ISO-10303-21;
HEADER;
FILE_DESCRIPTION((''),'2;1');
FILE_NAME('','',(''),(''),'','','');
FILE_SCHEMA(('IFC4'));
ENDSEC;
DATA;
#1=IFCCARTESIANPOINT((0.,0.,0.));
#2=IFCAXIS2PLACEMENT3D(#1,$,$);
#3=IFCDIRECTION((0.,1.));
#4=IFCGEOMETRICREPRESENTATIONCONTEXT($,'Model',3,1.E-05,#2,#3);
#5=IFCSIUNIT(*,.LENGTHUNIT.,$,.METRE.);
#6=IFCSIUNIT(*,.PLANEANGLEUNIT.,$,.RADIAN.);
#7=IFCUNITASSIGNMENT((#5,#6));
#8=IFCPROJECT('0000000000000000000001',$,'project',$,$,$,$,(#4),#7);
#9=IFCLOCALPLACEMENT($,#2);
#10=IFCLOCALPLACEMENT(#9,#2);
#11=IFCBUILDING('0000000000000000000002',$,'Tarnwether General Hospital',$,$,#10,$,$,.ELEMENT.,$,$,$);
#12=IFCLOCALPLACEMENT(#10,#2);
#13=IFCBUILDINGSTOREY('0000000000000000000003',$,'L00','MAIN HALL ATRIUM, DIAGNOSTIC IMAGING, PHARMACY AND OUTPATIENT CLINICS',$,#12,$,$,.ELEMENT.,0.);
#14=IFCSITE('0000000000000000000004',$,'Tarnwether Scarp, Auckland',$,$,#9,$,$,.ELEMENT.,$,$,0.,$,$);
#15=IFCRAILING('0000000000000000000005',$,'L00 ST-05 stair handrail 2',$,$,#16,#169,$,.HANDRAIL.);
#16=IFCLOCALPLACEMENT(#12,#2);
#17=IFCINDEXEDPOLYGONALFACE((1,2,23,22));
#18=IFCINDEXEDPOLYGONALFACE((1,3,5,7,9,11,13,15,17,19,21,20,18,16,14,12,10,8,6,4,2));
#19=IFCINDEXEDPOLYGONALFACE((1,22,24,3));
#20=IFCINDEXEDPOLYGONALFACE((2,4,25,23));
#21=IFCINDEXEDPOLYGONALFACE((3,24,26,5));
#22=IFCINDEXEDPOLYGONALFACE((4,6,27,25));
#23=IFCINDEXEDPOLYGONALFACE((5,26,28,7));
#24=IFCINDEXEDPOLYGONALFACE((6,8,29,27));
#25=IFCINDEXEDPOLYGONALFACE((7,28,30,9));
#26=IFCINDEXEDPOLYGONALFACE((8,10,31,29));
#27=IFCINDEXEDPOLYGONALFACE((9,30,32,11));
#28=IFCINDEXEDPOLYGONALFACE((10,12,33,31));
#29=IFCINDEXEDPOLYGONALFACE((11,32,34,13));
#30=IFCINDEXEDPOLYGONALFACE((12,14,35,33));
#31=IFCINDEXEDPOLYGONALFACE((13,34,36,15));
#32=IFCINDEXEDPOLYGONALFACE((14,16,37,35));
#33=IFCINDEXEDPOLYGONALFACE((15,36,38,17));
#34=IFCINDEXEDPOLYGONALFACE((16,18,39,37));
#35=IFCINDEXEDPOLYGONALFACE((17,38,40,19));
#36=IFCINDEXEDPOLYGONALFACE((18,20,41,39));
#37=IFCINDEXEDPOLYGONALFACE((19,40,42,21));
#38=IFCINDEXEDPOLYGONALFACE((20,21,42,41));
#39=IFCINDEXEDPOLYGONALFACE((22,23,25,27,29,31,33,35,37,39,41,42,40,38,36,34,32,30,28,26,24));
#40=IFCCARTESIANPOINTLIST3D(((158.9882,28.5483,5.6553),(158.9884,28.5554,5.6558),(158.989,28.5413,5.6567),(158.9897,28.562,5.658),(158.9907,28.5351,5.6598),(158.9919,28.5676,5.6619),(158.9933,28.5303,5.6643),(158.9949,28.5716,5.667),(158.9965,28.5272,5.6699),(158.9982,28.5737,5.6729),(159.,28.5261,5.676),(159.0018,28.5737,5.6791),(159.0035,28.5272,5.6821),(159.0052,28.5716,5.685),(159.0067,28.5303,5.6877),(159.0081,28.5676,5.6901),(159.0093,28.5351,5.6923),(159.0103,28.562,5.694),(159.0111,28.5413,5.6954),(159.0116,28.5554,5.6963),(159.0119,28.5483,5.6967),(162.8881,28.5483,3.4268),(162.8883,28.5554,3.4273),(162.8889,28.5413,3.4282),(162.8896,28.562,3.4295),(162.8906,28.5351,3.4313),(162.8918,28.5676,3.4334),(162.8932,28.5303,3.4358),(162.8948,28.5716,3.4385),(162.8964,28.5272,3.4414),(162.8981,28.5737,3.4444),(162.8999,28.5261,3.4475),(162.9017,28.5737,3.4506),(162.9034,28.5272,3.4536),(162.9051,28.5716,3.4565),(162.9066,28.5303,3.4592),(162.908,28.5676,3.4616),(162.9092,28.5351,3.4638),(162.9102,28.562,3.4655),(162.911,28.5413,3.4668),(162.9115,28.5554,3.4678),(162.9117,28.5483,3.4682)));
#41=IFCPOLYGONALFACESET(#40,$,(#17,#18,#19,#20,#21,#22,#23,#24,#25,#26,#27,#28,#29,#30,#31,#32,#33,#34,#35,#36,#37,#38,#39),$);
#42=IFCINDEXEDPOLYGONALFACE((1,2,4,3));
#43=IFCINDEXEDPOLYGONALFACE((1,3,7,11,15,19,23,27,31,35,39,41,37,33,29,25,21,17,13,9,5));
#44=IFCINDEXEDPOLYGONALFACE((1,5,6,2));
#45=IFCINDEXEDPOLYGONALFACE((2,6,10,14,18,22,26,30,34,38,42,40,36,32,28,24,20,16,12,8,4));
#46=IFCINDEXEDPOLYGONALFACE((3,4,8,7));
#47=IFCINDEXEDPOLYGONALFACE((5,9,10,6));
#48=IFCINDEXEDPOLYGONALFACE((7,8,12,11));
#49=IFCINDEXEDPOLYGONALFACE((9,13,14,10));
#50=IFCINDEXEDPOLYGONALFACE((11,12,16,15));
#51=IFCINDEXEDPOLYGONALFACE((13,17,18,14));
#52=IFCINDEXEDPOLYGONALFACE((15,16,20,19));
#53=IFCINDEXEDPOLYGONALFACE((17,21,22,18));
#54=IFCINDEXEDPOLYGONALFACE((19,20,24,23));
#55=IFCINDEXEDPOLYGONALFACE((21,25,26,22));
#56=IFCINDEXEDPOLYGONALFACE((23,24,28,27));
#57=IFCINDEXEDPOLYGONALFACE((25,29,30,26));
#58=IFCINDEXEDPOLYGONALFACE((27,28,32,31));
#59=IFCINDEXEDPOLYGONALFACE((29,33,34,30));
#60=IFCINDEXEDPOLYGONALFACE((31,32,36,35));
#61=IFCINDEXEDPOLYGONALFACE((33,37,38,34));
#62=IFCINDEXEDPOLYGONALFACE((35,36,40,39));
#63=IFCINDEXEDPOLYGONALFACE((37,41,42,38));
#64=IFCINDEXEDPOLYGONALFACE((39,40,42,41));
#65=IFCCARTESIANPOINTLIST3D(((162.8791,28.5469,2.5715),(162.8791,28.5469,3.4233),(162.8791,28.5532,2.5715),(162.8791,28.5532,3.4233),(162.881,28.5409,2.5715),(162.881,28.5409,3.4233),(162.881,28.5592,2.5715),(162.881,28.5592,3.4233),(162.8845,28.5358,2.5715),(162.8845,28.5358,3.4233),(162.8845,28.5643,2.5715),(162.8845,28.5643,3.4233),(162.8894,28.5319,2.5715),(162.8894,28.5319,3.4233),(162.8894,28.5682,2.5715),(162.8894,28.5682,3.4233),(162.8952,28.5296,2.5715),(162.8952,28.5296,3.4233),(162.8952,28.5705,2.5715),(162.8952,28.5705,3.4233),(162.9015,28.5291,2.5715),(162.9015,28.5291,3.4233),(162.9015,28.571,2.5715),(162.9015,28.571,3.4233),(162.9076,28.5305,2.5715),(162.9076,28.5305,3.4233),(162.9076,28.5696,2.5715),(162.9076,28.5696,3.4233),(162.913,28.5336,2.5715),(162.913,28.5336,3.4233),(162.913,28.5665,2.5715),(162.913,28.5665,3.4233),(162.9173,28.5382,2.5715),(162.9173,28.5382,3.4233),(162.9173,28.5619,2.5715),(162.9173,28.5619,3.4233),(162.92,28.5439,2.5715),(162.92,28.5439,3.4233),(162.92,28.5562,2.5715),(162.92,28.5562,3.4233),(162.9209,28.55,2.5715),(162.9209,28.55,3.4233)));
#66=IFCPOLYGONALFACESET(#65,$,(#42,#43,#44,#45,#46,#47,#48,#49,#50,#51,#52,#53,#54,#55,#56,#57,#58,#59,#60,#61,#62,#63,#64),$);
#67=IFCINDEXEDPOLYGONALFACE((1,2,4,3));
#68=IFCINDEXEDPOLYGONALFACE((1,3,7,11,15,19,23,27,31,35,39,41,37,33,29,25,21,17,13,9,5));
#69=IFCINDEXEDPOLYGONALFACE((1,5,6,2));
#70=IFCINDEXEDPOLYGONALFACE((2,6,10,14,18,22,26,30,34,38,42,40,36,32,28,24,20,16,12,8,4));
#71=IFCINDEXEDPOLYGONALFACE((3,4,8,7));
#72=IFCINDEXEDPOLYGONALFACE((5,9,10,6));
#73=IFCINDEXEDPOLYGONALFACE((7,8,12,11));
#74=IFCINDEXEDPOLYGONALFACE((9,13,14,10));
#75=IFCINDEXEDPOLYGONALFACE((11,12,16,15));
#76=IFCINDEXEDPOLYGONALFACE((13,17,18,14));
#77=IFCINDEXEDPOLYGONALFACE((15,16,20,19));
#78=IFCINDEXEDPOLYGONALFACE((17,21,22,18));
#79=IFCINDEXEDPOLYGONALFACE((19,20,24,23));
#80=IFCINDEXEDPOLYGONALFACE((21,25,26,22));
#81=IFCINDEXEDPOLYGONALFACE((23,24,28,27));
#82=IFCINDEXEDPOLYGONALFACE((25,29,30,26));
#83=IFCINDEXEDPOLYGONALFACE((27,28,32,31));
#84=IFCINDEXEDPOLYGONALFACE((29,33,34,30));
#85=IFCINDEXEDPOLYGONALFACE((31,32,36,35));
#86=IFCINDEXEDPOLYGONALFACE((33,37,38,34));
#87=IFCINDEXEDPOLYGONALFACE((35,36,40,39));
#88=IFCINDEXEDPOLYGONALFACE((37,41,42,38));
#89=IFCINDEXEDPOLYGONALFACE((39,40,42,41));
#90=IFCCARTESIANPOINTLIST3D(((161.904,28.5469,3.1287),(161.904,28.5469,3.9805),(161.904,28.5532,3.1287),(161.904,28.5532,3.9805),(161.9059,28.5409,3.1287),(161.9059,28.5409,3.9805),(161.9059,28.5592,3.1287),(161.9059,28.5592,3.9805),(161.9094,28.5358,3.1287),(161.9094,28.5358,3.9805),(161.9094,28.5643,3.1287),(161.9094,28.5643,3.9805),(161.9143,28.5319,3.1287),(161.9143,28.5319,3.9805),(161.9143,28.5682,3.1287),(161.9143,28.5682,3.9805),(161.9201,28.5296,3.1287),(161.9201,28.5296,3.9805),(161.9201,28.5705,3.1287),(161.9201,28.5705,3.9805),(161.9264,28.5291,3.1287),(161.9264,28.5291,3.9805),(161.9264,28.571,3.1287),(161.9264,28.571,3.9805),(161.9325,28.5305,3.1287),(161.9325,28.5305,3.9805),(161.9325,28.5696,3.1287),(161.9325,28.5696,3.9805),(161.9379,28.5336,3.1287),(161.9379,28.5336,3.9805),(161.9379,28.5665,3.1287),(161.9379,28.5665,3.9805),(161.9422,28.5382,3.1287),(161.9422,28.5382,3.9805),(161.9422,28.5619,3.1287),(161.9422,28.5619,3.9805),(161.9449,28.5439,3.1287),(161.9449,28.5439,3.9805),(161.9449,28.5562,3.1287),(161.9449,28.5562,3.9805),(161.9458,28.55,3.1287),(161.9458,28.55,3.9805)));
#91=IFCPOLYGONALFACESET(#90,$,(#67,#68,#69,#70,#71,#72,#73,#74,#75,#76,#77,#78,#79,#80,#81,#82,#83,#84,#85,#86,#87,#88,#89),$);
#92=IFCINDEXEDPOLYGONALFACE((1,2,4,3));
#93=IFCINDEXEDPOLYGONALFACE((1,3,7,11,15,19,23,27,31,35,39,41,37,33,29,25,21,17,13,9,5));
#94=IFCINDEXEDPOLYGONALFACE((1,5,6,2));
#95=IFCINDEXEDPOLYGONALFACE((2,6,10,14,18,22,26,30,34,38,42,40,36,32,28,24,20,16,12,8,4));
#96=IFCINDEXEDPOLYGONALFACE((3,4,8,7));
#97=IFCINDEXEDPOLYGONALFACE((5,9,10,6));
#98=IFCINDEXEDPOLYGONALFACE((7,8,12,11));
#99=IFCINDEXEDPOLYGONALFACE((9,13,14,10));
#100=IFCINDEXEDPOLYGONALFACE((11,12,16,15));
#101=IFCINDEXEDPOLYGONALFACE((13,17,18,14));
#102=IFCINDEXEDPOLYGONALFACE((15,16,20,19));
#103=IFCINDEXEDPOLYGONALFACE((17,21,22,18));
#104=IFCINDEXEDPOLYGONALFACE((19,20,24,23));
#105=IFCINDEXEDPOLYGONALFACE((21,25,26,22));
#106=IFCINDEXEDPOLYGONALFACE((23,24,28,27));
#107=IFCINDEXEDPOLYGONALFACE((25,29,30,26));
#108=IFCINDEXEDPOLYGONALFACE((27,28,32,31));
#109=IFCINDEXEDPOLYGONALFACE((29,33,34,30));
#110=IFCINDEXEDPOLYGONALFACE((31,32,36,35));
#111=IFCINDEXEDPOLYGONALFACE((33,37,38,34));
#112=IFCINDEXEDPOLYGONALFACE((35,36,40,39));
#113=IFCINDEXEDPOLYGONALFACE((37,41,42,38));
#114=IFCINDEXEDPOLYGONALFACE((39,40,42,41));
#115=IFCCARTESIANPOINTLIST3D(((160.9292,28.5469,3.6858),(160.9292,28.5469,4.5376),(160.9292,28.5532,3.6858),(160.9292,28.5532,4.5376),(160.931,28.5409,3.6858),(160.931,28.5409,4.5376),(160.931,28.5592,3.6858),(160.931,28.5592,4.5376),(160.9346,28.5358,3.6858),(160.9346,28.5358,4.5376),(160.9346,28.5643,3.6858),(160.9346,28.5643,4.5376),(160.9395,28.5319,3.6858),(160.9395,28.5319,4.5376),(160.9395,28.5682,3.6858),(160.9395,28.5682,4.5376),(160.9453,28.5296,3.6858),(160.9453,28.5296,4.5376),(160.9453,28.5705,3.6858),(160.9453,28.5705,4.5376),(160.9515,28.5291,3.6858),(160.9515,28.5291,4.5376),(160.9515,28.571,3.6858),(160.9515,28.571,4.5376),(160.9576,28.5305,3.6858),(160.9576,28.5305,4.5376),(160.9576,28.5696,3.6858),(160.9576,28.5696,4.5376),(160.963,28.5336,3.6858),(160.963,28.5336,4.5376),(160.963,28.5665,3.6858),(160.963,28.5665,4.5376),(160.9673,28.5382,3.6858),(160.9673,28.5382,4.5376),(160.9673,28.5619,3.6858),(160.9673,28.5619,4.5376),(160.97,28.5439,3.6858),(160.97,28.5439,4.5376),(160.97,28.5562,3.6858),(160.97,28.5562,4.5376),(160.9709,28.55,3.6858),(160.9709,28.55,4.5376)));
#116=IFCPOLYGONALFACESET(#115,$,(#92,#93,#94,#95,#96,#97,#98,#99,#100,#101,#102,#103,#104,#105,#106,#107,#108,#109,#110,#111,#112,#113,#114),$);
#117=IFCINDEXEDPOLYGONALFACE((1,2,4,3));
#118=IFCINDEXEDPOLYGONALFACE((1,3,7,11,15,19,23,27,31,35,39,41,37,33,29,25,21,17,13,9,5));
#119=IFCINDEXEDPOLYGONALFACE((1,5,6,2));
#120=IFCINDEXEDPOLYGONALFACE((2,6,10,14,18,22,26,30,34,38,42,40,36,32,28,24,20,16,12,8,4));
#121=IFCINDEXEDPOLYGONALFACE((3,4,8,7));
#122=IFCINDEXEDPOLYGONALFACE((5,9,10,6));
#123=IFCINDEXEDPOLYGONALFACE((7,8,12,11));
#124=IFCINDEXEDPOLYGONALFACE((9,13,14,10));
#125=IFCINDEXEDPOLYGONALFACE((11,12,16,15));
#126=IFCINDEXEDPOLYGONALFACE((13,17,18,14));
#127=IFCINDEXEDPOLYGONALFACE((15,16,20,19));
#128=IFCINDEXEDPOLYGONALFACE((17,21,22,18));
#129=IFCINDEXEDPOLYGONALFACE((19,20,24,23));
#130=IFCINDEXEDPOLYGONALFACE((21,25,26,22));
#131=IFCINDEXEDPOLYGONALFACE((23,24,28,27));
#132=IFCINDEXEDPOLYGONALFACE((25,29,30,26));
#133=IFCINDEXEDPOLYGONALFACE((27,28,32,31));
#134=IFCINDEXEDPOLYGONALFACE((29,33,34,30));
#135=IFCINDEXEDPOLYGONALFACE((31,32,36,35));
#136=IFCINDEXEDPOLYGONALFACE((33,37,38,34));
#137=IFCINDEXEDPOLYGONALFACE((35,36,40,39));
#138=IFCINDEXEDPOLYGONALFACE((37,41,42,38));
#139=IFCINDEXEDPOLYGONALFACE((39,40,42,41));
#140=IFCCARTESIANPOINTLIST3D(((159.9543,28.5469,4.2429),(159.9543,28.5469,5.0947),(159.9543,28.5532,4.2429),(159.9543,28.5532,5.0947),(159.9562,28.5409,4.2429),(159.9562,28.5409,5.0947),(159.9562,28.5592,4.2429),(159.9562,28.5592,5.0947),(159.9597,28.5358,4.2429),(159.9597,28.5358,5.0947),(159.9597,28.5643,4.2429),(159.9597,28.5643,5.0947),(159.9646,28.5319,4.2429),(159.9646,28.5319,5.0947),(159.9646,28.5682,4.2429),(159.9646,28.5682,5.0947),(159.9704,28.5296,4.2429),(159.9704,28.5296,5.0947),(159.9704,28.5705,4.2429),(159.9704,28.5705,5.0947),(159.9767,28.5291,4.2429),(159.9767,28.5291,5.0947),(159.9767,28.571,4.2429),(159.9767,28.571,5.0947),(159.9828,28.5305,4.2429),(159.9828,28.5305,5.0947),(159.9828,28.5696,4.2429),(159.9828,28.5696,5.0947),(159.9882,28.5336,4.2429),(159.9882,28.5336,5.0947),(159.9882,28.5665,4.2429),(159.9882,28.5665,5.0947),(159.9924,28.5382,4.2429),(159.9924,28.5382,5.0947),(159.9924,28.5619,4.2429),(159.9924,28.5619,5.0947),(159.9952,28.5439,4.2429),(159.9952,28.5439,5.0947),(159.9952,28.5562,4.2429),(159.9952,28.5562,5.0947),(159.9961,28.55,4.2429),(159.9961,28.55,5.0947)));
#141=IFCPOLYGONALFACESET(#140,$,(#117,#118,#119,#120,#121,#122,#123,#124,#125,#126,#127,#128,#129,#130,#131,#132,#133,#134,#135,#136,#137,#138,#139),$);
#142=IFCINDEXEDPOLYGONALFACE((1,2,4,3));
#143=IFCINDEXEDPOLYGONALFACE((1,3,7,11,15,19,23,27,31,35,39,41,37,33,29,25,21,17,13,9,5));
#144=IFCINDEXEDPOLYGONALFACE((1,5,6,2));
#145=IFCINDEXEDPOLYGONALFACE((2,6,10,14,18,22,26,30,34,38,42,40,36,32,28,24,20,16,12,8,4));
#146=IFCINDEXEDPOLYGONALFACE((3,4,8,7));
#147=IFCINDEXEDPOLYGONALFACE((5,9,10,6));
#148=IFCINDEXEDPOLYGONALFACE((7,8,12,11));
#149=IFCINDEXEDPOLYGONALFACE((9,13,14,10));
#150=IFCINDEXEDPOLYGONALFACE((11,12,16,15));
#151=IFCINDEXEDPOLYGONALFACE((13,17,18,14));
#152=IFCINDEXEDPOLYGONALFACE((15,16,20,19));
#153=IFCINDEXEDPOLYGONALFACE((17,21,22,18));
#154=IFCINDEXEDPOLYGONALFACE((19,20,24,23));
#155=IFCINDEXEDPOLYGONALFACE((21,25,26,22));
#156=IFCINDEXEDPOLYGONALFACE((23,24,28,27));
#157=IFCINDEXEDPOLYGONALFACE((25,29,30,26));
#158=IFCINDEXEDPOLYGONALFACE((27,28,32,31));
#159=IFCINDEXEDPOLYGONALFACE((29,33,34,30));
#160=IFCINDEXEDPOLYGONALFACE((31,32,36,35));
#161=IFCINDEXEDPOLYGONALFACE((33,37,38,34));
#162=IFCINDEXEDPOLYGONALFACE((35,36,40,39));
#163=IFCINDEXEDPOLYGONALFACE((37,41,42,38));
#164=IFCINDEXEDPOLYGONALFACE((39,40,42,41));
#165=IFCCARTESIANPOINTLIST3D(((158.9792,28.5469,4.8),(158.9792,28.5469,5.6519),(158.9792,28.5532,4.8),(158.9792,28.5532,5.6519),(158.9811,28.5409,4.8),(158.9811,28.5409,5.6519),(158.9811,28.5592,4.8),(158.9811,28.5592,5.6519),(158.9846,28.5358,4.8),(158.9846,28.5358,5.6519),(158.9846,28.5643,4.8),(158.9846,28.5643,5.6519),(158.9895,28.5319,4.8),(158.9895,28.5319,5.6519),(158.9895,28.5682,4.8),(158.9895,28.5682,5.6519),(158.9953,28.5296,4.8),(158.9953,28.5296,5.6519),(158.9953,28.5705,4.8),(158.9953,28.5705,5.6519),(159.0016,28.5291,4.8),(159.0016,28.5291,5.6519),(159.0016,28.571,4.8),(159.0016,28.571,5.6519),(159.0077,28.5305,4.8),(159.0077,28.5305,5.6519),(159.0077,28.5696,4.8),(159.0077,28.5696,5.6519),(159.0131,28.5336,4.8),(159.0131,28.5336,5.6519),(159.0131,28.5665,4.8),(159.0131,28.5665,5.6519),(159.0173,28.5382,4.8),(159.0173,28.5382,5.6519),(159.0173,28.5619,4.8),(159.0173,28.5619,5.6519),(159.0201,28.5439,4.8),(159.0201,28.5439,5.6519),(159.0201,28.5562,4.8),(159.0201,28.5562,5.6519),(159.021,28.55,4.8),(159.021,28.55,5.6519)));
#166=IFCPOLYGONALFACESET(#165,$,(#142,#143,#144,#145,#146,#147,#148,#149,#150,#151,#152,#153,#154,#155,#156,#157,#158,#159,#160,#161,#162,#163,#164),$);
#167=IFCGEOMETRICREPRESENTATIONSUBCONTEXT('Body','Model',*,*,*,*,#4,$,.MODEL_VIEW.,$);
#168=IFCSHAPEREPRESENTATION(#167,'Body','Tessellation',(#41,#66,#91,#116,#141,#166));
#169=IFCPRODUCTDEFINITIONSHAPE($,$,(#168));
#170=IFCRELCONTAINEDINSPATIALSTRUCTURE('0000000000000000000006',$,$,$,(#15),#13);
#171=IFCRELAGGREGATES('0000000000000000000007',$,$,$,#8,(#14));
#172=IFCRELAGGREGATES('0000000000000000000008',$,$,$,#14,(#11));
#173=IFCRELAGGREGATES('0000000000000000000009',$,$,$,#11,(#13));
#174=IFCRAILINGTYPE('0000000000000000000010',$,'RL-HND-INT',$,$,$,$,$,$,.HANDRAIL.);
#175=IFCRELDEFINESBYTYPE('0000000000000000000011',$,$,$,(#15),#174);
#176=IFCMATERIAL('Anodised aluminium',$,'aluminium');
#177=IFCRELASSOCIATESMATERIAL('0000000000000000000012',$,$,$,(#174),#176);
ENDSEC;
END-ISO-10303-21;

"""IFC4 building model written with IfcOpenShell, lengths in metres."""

from ifc_helpers import new_model, si_unit, direction, frame, origin, origin_2d, place, context, subcontext, project, spatial, circle, extrude, material, type_object, element, save


model = new_model("IFC4")

# Units and contexts
model_context = context("Model", 3, precision=1e-05, world=origin(), true_north=direction((0.0, 1.0)))
body_context = subcontext(model_context, "Body", "Model", "MODEL_VIEW")
ifc_project = project(units=[si_unit("LENGTHUNIT", "METRE"), si_unit("PLANEANGLEUNIT", "RADIAN")], contexts=[model_context])

# Site, building, storey
site_placement = place(None, origin())
site = spatial("IfcSite", under=ifc_project, at=site_placement, Name="Tarnwether Scarp, Auckland", CompositionType="ELEMENT", RefElevation=0.0)
building_placement = place(site_placement, origin())
building = spatial("IfcBuilding", under=site, at=building_placement, Name="Tarnwether General Hospital", CompositionType="ELEMENT")
storey_placement = place(building_placement, origin())
storey = spatial("IfcBuildingStorey", under=building, at=storey_placement, Name="L00", Description="MAIN HALL ATRIUM, DIAGNOSTIC IMAGING, PHARMACY AND OUTPATIENT CLINICS", CompositionType="ELEMENT", Elevation=0.0)

# Railing
ifc_material_1 = material(Name="Anodised aluminium", Category="aluminium")
railing_type_1 = type_object("IfcRailingType", Name="RL-HND-INT", PredefinedType="HANDRAIL", material=ifc_material_1)
railing_1_placement = place(storey_placement, frame((162.8999, 28.55, 2.5715)))
element("IfcRailing", 1, at=railing_1_placement, inside=storey, type_object=railing_type_1, Name="L00 ST-05 stair handrail 2", PredefinedType="HANDRAIL", context=body_context, shape_type="SweptSolid", body=[
    extrude(circle(Radius=0.0239, at=origin_2d()), frame((0.0, 0.0, 0.876), z_axis=(-0.868243, 0.0, 0.496139), x_axis=(0.0, -1.0, 0.0)), (0.0, 0.0, 1.0), 4.4917),
    extrude(circle(Radius=0.021, at=origin_2d()), origin(), (0.0, 0.0, 1.0), 0.8518),
    extrude(circle(Radius=0.021, at=origin_2d()), frame((-0.9751, 0.0, 0.5571)), (0.0, 0.0, 1.0), 0.8518),
    extrude(circle(Radius=0.021, at=origin_2d()), frame((-1.95, 0.0, 1.1143)), (0.0, 0.0, 1.0), 0.8518),
    extrude(circle(Radius=0.021, at=origin_2d()), frame((-2.9248, 0.0, 1.6714)), (0.0, 0.0, 1.0), 0.8518),
    extrude(circle(Radius=0.021, at=origin_2d()), frame((-3.8999, 0.0, 2.2285)), (0.0, 0.0, 1.0), 0.8518),
])

save(model, "model.ifc")
